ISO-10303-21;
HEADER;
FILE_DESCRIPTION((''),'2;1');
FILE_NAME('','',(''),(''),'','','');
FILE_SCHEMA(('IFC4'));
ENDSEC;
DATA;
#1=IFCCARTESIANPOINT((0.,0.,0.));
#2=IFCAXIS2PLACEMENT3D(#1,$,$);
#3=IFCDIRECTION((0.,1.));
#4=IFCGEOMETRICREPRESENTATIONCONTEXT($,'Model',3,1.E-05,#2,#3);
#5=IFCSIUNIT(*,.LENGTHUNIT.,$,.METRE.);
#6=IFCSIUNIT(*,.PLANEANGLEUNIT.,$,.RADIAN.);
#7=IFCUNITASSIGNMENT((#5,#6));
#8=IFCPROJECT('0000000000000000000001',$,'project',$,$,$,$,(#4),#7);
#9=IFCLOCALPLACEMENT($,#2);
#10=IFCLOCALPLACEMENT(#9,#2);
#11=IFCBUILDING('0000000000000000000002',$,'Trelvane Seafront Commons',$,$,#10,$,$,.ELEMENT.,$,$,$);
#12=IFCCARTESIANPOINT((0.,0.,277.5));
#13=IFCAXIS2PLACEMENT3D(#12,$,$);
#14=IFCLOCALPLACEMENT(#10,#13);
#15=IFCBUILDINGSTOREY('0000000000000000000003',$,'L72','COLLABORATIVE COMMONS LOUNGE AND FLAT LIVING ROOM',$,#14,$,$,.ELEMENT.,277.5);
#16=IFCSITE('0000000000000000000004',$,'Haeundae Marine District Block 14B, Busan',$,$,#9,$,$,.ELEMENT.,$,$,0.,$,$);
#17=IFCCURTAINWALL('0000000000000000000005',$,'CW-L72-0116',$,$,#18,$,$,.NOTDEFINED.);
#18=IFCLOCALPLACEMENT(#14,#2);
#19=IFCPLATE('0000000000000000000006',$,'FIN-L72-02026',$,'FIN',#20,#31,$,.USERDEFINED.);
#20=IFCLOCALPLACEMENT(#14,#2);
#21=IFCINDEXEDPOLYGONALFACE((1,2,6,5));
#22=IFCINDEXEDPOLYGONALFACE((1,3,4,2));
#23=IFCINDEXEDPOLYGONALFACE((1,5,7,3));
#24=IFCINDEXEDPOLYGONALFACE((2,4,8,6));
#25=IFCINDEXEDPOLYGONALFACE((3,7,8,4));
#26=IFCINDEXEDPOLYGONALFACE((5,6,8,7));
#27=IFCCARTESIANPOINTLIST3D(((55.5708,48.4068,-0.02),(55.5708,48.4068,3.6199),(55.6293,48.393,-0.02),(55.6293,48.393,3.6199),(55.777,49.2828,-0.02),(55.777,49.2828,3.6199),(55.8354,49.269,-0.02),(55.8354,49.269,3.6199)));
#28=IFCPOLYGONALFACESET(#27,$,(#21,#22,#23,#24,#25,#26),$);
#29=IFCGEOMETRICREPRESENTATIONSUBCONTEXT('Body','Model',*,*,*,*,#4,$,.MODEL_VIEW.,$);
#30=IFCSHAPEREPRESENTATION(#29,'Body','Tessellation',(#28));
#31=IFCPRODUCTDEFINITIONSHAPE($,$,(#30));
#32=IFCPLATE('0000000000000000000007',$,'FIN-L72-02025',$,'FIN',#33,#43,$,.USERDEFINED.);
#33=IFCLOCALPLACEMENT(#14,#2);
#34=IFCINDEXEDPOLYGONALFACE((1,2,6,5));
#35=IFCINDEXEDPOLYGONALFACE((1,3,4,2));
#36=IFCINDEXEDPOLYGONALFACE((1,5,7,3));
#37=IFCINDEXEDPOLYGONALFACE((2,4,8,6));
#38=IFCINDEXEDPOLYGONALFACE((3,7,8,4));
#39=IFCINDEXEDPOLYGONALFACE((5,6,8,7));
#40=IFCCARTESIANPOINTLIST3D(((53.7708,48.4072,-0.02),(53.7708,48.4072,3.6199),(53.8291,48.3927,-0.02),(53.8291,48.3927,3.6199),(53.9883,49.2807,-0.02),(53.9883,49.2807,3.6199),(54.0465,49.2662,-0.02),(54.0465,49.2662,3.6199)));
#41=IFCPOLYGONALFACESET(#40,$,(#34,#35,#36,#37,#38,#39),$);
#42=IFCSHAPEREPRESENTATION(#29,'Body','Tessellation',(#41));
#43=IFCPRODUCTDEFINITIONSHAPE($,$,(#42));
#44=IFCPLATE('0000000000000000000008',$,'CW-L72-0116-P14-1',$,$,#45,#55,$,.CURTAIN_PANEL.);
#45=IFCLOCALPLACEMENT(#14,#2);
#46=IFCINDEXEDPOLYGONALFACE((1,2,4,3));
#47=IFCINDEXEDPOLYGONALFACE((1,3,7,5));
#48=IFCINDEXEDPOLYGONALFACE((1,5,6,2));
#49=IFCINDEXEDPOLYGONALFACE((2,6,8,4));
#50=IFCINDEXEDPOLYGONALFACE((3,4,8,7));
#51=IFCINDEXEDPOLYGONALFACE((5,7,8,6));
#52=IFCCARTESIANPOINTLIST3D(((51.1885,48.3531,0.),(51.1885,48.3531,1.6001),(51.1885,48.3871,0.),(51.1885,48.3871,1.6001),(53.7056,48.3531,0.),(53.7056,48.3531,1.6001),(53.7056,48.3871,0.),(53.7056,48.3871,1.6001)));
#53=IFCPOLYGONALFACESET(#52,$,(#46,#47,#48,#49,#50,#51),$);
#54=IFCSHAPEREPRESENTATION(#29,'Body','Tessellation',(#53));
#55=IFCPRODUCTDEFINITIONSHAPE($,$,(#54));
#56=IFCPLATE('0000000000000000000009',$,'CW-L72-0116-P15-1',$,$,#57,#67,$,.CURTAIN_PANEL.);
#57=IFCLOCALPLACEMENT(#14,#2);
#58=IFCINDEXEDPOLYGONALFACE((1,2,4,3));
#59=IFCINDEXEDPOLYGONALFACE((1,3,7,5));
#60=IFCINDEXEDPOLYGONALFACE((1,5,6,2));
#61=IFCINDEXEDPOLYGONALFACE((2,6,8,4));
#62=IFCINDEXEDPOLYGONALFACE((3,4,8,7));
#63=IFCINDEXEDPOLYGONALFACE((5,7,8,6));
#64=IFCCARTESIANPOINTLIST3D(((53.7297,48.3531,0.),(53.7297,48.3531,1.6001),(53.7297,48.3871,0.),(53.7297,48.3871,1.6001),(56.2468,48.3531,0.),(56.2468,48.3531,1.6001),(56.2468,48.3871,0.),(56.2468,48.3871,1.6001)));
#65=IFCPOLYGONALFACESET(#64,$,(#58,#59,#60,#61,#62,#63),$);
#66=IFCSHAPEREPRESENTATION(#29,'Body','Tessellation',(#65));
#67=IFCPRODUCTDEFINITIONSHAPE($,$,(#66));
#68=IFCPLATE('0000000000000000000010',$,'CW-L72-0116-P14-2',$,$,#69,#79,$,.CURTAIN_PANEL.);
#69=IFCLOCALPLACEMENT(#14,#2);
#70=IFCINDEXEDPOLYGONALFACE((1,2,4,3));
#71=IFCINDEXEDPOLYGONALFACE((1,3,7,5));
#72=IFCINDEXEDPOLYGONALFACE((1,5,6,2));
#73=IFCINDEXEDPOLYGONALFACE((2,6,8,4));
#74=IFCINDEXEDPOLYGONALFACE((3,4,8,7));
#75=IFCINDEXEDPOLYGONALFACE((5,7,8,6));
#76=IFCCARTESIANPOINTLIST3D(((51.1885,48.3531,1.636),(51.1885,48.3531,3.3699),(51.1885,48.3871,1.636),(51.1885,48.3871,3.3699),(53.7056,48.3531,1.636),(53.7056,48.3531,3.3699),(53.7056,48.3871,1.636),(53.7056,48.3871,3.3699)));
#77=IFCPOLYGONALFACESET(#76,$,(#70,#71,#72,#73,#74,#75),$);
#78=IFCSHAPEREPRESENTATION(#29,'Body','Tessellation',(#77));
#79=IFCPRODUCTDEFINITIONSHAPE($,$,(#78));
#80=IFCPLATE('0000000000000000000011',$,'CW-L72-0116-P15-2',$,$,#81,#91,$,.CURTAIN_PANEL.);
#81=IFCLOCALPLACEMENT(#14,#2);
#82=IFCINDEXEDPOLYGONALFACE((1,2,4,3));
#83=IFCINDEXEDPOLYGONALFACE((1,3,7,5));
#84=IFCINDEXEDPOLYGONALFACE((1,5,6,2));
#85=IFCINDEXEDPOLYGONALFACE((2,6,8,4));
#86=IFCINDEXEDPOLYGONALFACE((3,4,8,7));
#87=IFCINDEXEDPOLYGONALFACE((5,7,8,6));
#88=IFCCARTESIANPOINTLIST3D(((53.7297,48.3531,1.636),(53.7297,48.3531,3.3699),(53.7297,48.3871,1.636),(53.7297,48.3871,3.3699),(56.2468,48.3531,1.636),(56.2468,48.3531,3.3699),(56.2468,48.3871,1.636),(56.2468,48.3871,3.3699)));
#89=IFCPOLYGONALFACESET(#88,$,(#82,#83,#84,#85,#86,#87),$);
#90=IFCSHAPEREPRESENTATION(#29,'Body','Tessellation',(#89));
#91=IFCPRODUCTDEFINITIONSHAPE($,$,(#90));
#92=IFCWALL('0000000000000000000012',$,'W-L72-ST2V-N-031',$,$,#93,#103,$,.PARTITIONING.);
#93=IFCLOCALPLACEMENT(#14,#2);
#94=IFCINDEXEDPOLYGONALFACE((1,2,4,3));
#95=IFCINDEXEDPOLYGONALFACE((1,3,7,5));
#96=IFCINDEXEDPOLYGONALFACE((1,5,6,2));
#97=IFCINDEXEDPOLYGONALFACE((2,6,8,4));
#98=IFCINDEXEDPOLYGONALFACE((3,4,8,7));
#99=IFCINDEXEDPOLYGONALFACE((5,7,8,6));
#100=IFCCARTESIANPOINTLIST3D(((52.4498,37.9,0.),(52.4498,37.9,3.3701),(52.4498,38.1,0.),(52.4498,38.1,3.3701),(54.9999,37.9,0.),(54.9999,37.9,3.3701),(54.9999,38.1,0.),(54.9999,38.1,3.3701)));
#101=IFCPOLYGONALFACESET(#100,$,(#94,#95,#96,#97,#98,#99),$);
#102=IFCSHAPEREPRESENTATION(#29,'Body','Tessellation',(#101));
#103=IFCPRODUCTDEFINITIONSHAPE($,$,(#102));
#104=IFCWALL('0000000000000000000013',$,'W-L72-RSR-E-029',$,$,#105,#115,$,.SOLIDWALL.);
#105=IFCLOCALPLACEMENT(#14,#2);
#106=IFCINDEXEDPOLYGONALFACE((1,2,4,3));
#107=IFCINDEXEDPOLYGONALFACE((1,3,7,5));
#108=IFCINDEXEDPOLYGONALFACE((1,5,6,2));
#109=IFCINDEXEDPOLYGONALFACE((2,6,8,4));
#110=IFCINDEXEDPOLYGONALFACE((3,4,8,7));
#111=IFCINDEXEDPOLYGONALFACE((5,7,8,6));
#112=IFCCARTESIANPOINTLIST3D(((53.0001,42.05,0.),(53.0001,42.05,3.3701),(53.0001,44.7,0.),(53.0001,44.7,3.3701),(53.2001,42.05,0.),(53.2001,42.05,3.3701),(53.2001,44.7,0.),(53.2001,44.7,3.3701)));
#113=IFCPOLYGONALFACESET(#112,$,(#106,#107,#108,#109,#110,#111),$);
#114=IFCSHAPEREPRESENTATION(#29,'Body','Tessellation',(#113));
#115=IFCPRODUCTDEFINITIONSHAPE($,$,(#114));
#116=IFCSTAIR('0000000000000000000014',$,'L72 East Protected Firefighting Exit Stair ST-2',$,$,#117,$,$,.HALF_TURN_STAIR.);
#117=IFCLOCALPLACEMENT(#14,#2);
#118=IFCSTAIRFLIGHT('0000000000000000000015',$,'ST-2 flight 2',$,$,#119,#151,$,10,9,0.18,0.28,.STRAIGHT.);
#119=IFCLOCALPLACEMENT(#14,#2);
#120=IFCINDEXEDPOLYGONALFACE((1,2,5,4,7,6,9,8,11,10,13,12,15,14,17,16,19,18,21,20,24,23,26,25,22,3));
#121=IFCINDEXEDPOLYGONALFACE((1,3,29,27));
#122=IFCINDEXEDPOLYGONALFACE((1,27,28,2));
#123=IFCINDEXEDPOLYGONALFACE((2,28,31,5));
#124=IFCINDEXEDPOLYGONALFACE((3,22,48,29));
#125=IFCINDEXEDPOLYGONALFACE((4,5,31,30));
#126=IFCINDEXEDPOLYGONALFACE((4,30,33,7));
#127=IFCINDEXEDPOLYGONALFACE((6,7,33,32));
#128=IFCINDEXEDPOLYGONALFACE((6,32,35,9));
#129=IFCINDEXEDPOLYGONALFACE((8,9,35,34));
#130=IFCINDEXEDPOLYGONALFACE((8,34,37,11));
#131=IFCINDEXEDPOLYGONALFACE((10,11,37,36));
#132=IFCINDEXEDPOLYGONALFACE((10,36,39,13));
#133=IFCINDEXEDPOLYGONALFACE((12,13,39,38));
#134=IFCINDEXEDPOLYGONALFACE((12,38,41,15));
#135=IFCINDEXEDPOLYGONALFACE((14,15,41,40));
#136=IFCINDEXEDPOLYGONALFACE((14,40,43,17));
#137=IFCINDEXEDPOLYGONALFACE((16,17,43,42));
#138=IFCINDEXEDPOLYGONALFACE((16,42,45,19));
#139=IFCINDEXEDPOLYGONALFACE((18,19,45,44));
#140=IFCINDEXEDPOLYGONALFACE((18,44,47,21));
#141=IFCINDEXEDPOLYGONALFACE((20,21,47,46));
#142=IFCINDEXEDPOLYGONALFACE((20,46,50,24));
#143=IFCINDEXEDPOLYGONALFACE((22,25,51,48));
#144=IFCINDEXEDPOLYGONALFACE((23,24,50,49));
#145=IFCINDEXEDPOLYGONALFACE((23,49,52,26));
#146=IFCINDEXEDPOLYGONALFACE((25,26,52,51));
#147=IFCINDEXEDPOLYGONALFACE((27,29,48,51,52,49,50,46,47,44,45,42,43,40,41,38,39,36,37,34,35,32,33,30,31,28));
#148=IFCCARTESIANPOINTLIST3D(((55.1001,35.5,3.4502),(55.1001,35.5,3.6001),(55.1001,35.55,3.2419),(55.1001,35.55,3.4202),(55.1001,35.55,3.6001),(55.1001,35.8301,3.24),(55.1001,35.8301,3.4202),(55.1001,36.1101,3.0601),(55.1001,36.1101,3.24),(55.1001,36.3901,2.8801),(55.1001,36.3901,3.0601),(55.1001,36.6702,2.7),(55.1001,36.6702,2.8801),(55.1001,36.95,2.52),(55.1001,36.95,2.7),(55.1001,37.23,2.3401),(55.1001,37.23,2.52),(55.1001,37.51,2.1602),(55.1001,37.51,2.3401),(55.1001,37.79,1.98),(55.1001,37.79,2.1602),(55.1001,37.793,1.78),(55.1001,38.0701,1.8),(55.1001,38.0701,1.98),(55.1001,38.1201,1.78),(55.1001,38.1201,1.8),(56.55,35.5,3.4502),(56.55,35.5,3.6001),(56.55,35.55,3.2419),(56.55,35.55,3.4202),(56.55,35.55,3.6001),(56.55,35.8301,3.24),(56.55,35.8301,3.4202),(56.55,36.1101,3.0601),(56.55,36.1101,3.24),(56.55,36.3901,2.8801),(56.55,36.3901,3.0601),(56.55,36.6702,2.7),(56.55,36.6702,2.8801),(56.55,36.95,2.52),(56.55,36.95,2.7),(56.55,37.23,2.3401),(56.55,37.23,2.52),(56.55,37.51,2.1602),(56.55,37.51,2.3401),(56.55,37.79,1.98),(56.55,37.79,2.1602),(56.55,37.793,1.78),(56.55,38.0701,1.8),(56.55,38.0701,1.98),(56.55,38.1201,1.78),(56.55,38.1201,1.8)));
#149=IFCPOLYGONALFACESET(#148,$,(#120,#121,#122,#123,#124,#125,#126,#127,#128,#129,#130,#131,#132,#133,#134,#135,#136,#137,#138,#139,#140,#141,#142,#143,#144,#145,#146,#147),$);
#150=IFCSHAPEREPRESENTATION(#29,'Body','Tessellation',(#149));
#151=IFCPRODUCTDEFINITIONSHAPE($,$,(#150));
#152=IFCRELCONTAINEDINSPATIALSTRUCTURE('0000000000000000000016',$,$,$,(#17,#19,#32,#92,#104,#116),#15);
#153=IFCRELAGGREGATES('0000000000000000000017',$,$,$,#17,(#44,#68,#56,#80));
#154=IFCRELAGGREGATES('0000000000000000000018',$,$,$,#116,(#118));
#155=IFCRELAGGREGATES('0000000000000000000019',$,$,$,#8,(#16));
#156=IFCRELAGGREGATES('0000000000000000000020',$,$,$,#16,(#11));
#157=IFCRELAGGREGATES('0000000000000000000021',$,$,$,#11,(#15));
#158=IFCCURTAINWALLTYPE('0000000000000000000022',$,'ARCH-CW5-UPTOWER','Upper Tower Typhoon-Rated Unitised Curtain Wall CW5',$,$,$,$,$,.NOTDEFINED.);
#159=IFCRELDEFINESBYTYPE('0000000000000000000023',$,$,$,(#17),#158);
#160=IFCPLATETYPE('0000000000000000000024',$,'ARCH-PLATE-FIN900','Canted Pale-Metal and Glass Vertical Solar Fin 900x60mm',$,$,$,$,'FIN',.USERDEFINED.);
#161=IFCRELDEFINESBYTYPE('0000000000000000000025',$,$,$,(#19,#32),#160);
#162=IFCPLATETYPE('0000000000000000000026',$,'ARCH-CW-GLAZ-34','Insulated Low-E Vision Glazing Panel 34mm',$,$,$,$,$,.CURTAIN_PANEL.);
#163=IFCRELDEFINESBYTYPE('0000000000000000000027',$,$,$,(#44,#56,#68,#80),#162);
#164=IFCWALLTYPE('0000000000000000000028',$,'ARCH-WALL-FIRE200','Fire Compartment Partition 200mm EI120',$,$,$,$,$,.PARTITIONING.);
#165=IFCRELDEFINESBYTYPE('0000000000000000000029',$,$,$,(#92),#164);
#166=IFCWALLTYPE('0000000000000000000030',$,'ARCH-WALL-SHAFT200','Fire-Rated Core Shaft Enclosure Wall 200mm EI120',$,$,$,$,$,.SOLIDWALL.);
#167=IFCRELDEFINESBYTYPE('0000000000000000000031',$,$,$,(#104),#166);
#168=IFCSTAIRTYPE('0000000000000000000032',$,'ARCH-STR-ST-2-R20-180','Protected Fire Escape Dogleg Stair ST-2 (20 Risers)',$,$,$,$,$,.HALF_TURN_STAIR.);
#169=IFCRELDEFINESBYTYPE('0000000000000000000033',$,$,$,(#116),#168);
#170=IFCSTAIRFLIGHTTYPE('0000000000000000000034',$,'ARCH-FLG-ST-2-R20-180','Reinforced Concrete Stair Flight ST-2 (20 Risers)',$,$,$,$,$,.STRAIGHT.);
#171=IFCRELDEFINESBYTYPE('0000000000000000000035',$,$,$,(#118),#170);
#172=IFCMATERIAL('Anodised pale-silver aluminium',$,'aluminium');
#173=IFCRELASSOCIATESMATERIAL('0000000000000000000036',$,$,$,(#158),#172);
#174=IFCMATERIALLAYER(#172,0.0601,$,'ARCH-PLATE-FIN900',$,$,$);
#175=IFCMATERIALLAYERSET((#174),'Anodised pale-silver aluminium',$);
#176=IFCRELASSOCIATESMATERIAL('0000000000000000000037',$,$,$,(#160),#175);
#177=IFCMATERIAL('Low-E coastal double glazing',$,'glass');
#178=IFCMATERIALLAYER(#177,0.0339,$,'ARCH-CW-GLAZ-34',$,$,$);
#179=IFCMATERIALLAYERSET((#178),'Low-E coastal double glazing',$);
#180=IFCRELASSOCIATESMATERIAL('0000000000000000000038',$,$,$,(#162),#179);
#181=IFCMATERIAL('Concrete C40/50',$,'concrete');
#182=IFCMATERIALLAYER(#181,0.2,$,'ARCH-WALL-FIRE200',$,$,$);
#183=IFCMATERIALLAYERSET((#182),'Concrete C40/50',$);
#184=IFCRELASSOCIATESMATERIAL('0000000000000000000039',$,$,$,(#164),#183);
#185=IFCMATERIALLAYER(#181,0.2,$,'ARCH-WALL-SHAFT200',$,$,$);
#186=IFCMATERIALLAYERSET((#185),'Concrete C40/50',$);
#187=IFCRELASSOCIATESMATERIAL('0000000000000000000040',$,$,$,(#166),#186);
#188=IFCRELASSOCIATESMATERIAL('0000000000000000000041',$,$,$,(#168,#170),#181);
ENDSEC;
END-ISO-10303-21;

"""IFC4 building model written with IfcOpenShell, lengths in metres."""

from ifc_helpers import new_model, si_unit, direction, frame, frame_2d, origin, origin_2d, place, context, subcontext, project, spatial, polyline, rectangle, outline, extrude, source, transform, mapped, material, layer, layer_set, type_object, element, aggregate, save


model = new_model("IFC4")

# Units and contexts
model_context = context("Model", 3, precision=1e-05, world=origin(), true_north=direction((0.0, 1.0)))
body_context = subcontext(model_context, "Body", "Model", "MODEL_VIEW")
ifc_project = project(units=[si_unit("LENGTHUNIT", "METRE"), si_unit("PLANEANGLEUNIT", "RADIAN")], contexts=[model_context])

# Site, building, storey
site_placement = place(None, origin())
site = spatial("IfcSite", under=ifc_project, at=site_placement, Name="Haeundae Marine District Block 14B, Busan", CompositionType="ELEMENT", RefElevation=0.0)
building_placement = place(site_placement, origin())
building = spatial("IfcBuilding", under=site, at=building_placement, Name="Trelvane Seafront Commons", CompositionType="ELEMENT")
storey_placement = place(building_placement, frame((0.0, 0.0, 277.5)))
storey = spatial("IfcBuildingStorey", under=building, at=storey_placement, Name="L72", Description="COLLABORATIVE COMMONS LOUNGE AND FLAT LIVING ROOM", CompositionType="ELEMENT", Elevation=277.5)

# Curtain wall
ifc_material_1 = material(Name="Anodised pale-silver aluminium", Category="aluminium")
curtain_wall_type = type_object("IfcCurtainWallType", Name="ARCH-CW5-UPTOWER", Description="Upper Tower Typhoon-Rated Unitised Curtain Wall CW5", PredefinedType="NOTDEFINED", material=ifc_material_1)
curtain_wall_placement = place(storey_placement, origin())
curtain_wall = element("IfcCurtainWall", 1, at=curtain_wall_placement, inside=storey, type_object=curtain_wall_type, Name="CW-L72-0116", PredefinedType="NOTDEFINED")

# Plates
ifc_layer_1 = layer(ifc_material_1, 0.0601, Name="ARCH-PLATE-FIN900")
ifc_layer_set_1 = layer_set([ifc_layer_1], Name="Anodised pale-silver aluminium")
plate_type_1 = type_object("IfcPlateType", Name="ARCH-PLATE-FIN900", Description="Canted Pale-Metal and Glass Vertical Solar Fin 900x60mm", ElementType="FIN", PredefinedType="USERDEFINED", material=ifc_layer_set_1)
shared_shape_1 = source(origin(), body_context, "Body", "SweptSolid", [
    extrude(rectangle(XDim=0.8999, YDim=0.0601, at=origin_2d()), origin(), (0.0, 0.0, 1.0), 3.6399),
])
for number, where, z_axis, x_axis, name in (
    (2, (55.7031, 48.8379, -0.02), (0.0, 0.0, 1.0), (0.229102, 0.973402, 0.0), "FIN-L72-02026"),
):
    element("IfcPlate", number, at=place(storey_placement, frame(where, z_axis=z_axis, x_axis=x_axis)), inside=storey, type_object=plate_type_1, Name=name, ObjectType="FIN", PredefinedType="USERDEFINED", context=body_context, shape_type="MappedRepresentation", body=[
        mapped(shared_shape_1, transform((0.0, 0.0, 0.0), x_axis=(1.0, 0.0, 0.0), y_axis=(0.0, 1.0, 0.0), z_axis=(0.0, 0.0, 1.0), scale=1.0)),
    ])
shared_shape_2 = source(origin(), body_context, "Body", "SweptSolid", [
    extrude(rectangle(XDim=0.9001, YDim=0.0601, at=origin_2d()), origin(), (0.0, 0.0, 1.0), 3.6399),
])
plate_1_placement = place(storey_placement, frame((53.9087, 48.8367, -0.02), z_axis=(0.0, 0.0, 1.0), x_axis=(0.241543, 0.97039, 0.0)))
element("IfcPlate", 3, at=plate_1_placement, inside=storey, type_object=plate_type_1, Name="FIN-L72-02025", ObjectType="FIN", PredefinedType="USERDEFINED", context=body_context, shape_type="MappedRepresentation", body=[
    mapped(shared_shape_2, transform((0.0, 0.0, 0.0), x_axis=(1.0, 0.0, 0.0), y_axis=(0.0, 1.0, 0.0), z_axis=(0.0, 0.0, 1.0), scale=1.0)),
])

# Plates
ifc_material_2 = material(Name="Low-E coastal double glazing", Category="glass")
ifc_layer_2 = layer(ifc_material_2, 0.0339, Name="ARCH-CW-GLAZ-34")
ifc_layer_set_2 = layer_set([ifc_layer_2], Name="Low-E coastal double glazing")
plate_type_2 = type_object("IfcPlateType", Name="ARCH-CW-GLAZ-34", Description="Insulated Low-E Vision Glazing Panel 34mm", PredefinedType="CURTAIN_PANEL", material=ifc_layer_set_2)
shared_shape_3 = source(origin(), body_context, "Body", "SweptSolid", [
    extrude(rectangle(XDim=2.5171, YDim=0.0339, at=origin_2d()), origin(), (0.0, 0.0, 1.0), 1.6001),
])
plate_2_placement = place(storey_placement, frame((52.447, 48.3701, 0.0), z_axis=(0.0, 0.0, 1.0), x_axis=(1.0, 0.0, 0.0)))
plate_2 = element("IfcPlate", 4, at=plate_2_placement, type_object=plate_type_2, Name="CW-L72-0116-P14-1", PredefinedType="CURTAIN_PANEL", context=body_context, shape_type="MappedRepresentation", body=[
    mapped(shared_shape_3, transform((0.0, 0.0, 0.0), x_axis=(1.0, 0.0, 0.0), y_axis=(0.0, 1.0, 0.0), z_axis=(0.0, 0.0, 1.0), scale=1.0)),
])
plate_3_placement = place(storey_placement, frame((54.9883, 48.3701, 0.0), z_axis=(0.0, 0.0, 1.0), x_axis=(1.0, 0.0, 0.0)))
plate_3 = element("IfcPlate", 5, at=plate_3_placement, type_object=plate_type_2, Name="CW-L72-0116-P15-1", PredefinedType="CURTAIN_PANEL", context=body_context, shape_type="MappedRepresentation", body=[
    mapped(shared_shape_3, transform((0.0, 0.0, 0.0), x_axis=(1.0, 0.0, 0.0), y_axis=(0.0, 1.0, 0.0), z_axis=(0.0, 0.0, 1.0), scale=1.0)),
])
shared_shape_4 = source(origin(), body_context, "Body", "SweptSolid", [
    extrude(rectangle(XDim=2.5171, YDim=0.0339, at=origin_2d()), origin(), (0.0, 0.0, 1.0), 1.7339),
])
plate_4_placement = place(storey_placement, frame((52.447, 48.3701, 1.636), z_axis=(0.0, 0.0, 1.0), x_axis=(1.0, 0.0, 0.0)))
plate_4 = element("IfcPlate", 6, at=plate_4_placement, type_object=plate_type_2, Name="CW-L72-0116-P14-2", PredefinedType="CURTAIN_PANEL", context=body_context, shape_type="MappedRepresentation", body=[
    mapped(shared_shape_4, transform((0.0, 0.0, 0.0), x_axis=(1.0, 0.0, 0.0), y_axis=(0.0, 1.0, 0.0), z_axis=(0.0, 0.0, 1.0), scale=1.0)),
])
plate_5_placement = place(storey_placement, frame((54.9883, 48.3701, 1.636), z_axis=(0.0, 0.0, 1.0), x_axis=(1.0, 0.0, 0.0)))
plate_5 = element("IfcPlate", 7, at=plate_5_placement, type_object=plate_type_2, Name="CW-L72-0116-P15-2", PredefinedType="CURTAIN_PANEL", context=body_context, shape_type="MappedRepresentation", body=[
    mapped(shared_shape_4, transform((0.0, 0.0, 0.0), x_axis=(1.0, 0.0, 0.0), y_axis=(0.0, 1.0, 0.0), z_axis=(0.0, 0.0, 1.0), scale=1.0)),
])
aggregate(curtain_wall, [plate_2, plate_4, plate_3, plate_5])

# Walls
ifc_material_3 = material(Name="Concrete C40/50", Category="concrete")
ifc_layer_3 = layer(ifc_material_3, 0.2, Name="ARCH-WALL-FIRE200")
ifc_layer_set_3 = layer_set([ifc_layer_3], Name="Concrete C40/50")
wall_type_1 = type_object("IfcWallType", Name="ARCH-WALL-FIRE200", Description="Fire Compartment Partition 200mm EI120", PredefinedType="PARTITIONING", material=ifc_layer_set_3)
wall_1_placement = place(storey_placement, frame((52.45, 38.0, 0.0), z_axis=(0.0, 0.0, 1.0), x_axis=(1.0, 0.0, 0.0)))
element("IfcWall", 8, at=wall_1_placement, inside=storey, type_object=wall_type_1, Name="W-L72-ST2V-N-031", PredefinedType="PARTITIONING", context=body_context, shape_type="SweptSolid", body=[
    extrude(rectangle(XDim=2.55, YDim=0.2, at=frame_2d((1.2749, 0.0))), origin(), (0.0, 0.0, 1.0), 3.3701),
])
ifc_layer_4 = layer(ifc_material_3, 0.2, Name="ARCH-WALL-SHAFT200")
ifc_layer_set_4 = layer_set([ifc_layer_4], Name="Concrete C40/50")
wall_type_2 = type_object("IfcWallType", Name="ARCH-WALL-SHAFT200", Description="Fire-Rated Core Shaft Enclosure Wall 200mm EI120", PredefinedType="SOLIDWALL", material=ifc_layer_set_4)
wall_2_placement = place(storey_placement, frame((53.1001, 42.05, 0.0), z_axis=(0.0, 0.0, 1.0), x_axis=(0.0, 1.0, 0.0)))
element("IfcWall", 9, at=wall_2_placement, inside=storey, type_object=wall_type_2, Name="W-L72-RSR-E-029", PredefinedType="SOLIDWALL", context=body_context, shape_type="SweptSolid", body=[
    extrude(rectangle(XDim=2.6499, YDim=0.2, at=frame_2d((1.325, 0.0))), origin(), (0.0, 0.0, 1.0), 3.3701),
])

# Stair, stair flight
stair_type = type_object("IfcStairType", Name="ARCH-STR-ST-2-R20-180", Description="Protected Fire Escape Dogleg Stair ST-2 (20 Risers)", PredefinedType="HALF_TURN_STAIR", material=ifc_material_3)
stair_placement = place(storey_placement, origin())
stair = element("IfcStair", 10, at=stair_placement, inside=storey, type_object=stair_type, Name="L72 East Protected Firefighting Exit Stair ST-2", PredefinedType="HALF_TURN_STAIR")
stair_flight_type = type_object("IfcStairFlightType", Name="ARCH-FLG-ST-2-R20-180", Description="Reinforced Concrete Stair Flight ST-2 (20 Risers)", PredefinedType="STRAIGHT", material=ifc_material_3)
shared_shape_5 = source(origin(), body_context, "Body", "SweptSolid", [
    extrude(outline(polyline([(-0.05, -0.02), (-0.05, 0.0), (0.0, 0.0), (0.0, 0.1799), (0.28, 0.1799), (0.28, 0.3601), (0.5601, 0.3601), (0.5601, 0.54), (0.8401, 0.54), (0.8401, 0.72), (1.1201, 0.72), (1.1201, 0.8999), (1.3999, 0.8999), (1.3999, 1.0801), (1.6799, 1.0801), (1.6799, 1.26), (1.96, 1.26), (1.96, 1.4399), (2.24, 1.4399), (2.24, 1.6201), (2.52, 1.6201), (2.52, 1.8), (2.5701, 1.8), (2.5701, 1.6501), (2.52, 1.4419), (0.2771, -0.02), (-0.05, -0.02)])), frame((0.0, 0.7251, 0.0), z_axis=(0.0, -1.0, 0.0), x_axis=(1.0, 0.0, 0.0)), (0.0, 0.0, 1.0), 1.45),
])
stair_flight_placement = place(storey_placement, frame((55.825, 38.0701, 1.8), z_axis=(0.0, 0.0, 1.0), x_axis=(0.0, -1.0, 0.0)))
stair_flight = element("IfcStairFlight", 11, at=stair_flight_placement, type_object=stair_flight_type, Name="ST-2 flight 2", NumberOfRisers=10, NumberOfTreads=9, PredefinedType="STRAIGHT", RiserHeight=0.18, TreadLength=0.28, context=body_context, shape_type="MappedRepresentation", body=[
    mapped(shared_shape_5, transform((0.0, 0.0, 0.0), x_axis=(1.0, 0.0, 0.0), y_axis=(0.0, 1.0, 0.0), z_axis=(0.0, 0.0, 1.0), scale=1.0)),
])
aggregate(stair, [stair_flight])

save(model, "model.ifc")
